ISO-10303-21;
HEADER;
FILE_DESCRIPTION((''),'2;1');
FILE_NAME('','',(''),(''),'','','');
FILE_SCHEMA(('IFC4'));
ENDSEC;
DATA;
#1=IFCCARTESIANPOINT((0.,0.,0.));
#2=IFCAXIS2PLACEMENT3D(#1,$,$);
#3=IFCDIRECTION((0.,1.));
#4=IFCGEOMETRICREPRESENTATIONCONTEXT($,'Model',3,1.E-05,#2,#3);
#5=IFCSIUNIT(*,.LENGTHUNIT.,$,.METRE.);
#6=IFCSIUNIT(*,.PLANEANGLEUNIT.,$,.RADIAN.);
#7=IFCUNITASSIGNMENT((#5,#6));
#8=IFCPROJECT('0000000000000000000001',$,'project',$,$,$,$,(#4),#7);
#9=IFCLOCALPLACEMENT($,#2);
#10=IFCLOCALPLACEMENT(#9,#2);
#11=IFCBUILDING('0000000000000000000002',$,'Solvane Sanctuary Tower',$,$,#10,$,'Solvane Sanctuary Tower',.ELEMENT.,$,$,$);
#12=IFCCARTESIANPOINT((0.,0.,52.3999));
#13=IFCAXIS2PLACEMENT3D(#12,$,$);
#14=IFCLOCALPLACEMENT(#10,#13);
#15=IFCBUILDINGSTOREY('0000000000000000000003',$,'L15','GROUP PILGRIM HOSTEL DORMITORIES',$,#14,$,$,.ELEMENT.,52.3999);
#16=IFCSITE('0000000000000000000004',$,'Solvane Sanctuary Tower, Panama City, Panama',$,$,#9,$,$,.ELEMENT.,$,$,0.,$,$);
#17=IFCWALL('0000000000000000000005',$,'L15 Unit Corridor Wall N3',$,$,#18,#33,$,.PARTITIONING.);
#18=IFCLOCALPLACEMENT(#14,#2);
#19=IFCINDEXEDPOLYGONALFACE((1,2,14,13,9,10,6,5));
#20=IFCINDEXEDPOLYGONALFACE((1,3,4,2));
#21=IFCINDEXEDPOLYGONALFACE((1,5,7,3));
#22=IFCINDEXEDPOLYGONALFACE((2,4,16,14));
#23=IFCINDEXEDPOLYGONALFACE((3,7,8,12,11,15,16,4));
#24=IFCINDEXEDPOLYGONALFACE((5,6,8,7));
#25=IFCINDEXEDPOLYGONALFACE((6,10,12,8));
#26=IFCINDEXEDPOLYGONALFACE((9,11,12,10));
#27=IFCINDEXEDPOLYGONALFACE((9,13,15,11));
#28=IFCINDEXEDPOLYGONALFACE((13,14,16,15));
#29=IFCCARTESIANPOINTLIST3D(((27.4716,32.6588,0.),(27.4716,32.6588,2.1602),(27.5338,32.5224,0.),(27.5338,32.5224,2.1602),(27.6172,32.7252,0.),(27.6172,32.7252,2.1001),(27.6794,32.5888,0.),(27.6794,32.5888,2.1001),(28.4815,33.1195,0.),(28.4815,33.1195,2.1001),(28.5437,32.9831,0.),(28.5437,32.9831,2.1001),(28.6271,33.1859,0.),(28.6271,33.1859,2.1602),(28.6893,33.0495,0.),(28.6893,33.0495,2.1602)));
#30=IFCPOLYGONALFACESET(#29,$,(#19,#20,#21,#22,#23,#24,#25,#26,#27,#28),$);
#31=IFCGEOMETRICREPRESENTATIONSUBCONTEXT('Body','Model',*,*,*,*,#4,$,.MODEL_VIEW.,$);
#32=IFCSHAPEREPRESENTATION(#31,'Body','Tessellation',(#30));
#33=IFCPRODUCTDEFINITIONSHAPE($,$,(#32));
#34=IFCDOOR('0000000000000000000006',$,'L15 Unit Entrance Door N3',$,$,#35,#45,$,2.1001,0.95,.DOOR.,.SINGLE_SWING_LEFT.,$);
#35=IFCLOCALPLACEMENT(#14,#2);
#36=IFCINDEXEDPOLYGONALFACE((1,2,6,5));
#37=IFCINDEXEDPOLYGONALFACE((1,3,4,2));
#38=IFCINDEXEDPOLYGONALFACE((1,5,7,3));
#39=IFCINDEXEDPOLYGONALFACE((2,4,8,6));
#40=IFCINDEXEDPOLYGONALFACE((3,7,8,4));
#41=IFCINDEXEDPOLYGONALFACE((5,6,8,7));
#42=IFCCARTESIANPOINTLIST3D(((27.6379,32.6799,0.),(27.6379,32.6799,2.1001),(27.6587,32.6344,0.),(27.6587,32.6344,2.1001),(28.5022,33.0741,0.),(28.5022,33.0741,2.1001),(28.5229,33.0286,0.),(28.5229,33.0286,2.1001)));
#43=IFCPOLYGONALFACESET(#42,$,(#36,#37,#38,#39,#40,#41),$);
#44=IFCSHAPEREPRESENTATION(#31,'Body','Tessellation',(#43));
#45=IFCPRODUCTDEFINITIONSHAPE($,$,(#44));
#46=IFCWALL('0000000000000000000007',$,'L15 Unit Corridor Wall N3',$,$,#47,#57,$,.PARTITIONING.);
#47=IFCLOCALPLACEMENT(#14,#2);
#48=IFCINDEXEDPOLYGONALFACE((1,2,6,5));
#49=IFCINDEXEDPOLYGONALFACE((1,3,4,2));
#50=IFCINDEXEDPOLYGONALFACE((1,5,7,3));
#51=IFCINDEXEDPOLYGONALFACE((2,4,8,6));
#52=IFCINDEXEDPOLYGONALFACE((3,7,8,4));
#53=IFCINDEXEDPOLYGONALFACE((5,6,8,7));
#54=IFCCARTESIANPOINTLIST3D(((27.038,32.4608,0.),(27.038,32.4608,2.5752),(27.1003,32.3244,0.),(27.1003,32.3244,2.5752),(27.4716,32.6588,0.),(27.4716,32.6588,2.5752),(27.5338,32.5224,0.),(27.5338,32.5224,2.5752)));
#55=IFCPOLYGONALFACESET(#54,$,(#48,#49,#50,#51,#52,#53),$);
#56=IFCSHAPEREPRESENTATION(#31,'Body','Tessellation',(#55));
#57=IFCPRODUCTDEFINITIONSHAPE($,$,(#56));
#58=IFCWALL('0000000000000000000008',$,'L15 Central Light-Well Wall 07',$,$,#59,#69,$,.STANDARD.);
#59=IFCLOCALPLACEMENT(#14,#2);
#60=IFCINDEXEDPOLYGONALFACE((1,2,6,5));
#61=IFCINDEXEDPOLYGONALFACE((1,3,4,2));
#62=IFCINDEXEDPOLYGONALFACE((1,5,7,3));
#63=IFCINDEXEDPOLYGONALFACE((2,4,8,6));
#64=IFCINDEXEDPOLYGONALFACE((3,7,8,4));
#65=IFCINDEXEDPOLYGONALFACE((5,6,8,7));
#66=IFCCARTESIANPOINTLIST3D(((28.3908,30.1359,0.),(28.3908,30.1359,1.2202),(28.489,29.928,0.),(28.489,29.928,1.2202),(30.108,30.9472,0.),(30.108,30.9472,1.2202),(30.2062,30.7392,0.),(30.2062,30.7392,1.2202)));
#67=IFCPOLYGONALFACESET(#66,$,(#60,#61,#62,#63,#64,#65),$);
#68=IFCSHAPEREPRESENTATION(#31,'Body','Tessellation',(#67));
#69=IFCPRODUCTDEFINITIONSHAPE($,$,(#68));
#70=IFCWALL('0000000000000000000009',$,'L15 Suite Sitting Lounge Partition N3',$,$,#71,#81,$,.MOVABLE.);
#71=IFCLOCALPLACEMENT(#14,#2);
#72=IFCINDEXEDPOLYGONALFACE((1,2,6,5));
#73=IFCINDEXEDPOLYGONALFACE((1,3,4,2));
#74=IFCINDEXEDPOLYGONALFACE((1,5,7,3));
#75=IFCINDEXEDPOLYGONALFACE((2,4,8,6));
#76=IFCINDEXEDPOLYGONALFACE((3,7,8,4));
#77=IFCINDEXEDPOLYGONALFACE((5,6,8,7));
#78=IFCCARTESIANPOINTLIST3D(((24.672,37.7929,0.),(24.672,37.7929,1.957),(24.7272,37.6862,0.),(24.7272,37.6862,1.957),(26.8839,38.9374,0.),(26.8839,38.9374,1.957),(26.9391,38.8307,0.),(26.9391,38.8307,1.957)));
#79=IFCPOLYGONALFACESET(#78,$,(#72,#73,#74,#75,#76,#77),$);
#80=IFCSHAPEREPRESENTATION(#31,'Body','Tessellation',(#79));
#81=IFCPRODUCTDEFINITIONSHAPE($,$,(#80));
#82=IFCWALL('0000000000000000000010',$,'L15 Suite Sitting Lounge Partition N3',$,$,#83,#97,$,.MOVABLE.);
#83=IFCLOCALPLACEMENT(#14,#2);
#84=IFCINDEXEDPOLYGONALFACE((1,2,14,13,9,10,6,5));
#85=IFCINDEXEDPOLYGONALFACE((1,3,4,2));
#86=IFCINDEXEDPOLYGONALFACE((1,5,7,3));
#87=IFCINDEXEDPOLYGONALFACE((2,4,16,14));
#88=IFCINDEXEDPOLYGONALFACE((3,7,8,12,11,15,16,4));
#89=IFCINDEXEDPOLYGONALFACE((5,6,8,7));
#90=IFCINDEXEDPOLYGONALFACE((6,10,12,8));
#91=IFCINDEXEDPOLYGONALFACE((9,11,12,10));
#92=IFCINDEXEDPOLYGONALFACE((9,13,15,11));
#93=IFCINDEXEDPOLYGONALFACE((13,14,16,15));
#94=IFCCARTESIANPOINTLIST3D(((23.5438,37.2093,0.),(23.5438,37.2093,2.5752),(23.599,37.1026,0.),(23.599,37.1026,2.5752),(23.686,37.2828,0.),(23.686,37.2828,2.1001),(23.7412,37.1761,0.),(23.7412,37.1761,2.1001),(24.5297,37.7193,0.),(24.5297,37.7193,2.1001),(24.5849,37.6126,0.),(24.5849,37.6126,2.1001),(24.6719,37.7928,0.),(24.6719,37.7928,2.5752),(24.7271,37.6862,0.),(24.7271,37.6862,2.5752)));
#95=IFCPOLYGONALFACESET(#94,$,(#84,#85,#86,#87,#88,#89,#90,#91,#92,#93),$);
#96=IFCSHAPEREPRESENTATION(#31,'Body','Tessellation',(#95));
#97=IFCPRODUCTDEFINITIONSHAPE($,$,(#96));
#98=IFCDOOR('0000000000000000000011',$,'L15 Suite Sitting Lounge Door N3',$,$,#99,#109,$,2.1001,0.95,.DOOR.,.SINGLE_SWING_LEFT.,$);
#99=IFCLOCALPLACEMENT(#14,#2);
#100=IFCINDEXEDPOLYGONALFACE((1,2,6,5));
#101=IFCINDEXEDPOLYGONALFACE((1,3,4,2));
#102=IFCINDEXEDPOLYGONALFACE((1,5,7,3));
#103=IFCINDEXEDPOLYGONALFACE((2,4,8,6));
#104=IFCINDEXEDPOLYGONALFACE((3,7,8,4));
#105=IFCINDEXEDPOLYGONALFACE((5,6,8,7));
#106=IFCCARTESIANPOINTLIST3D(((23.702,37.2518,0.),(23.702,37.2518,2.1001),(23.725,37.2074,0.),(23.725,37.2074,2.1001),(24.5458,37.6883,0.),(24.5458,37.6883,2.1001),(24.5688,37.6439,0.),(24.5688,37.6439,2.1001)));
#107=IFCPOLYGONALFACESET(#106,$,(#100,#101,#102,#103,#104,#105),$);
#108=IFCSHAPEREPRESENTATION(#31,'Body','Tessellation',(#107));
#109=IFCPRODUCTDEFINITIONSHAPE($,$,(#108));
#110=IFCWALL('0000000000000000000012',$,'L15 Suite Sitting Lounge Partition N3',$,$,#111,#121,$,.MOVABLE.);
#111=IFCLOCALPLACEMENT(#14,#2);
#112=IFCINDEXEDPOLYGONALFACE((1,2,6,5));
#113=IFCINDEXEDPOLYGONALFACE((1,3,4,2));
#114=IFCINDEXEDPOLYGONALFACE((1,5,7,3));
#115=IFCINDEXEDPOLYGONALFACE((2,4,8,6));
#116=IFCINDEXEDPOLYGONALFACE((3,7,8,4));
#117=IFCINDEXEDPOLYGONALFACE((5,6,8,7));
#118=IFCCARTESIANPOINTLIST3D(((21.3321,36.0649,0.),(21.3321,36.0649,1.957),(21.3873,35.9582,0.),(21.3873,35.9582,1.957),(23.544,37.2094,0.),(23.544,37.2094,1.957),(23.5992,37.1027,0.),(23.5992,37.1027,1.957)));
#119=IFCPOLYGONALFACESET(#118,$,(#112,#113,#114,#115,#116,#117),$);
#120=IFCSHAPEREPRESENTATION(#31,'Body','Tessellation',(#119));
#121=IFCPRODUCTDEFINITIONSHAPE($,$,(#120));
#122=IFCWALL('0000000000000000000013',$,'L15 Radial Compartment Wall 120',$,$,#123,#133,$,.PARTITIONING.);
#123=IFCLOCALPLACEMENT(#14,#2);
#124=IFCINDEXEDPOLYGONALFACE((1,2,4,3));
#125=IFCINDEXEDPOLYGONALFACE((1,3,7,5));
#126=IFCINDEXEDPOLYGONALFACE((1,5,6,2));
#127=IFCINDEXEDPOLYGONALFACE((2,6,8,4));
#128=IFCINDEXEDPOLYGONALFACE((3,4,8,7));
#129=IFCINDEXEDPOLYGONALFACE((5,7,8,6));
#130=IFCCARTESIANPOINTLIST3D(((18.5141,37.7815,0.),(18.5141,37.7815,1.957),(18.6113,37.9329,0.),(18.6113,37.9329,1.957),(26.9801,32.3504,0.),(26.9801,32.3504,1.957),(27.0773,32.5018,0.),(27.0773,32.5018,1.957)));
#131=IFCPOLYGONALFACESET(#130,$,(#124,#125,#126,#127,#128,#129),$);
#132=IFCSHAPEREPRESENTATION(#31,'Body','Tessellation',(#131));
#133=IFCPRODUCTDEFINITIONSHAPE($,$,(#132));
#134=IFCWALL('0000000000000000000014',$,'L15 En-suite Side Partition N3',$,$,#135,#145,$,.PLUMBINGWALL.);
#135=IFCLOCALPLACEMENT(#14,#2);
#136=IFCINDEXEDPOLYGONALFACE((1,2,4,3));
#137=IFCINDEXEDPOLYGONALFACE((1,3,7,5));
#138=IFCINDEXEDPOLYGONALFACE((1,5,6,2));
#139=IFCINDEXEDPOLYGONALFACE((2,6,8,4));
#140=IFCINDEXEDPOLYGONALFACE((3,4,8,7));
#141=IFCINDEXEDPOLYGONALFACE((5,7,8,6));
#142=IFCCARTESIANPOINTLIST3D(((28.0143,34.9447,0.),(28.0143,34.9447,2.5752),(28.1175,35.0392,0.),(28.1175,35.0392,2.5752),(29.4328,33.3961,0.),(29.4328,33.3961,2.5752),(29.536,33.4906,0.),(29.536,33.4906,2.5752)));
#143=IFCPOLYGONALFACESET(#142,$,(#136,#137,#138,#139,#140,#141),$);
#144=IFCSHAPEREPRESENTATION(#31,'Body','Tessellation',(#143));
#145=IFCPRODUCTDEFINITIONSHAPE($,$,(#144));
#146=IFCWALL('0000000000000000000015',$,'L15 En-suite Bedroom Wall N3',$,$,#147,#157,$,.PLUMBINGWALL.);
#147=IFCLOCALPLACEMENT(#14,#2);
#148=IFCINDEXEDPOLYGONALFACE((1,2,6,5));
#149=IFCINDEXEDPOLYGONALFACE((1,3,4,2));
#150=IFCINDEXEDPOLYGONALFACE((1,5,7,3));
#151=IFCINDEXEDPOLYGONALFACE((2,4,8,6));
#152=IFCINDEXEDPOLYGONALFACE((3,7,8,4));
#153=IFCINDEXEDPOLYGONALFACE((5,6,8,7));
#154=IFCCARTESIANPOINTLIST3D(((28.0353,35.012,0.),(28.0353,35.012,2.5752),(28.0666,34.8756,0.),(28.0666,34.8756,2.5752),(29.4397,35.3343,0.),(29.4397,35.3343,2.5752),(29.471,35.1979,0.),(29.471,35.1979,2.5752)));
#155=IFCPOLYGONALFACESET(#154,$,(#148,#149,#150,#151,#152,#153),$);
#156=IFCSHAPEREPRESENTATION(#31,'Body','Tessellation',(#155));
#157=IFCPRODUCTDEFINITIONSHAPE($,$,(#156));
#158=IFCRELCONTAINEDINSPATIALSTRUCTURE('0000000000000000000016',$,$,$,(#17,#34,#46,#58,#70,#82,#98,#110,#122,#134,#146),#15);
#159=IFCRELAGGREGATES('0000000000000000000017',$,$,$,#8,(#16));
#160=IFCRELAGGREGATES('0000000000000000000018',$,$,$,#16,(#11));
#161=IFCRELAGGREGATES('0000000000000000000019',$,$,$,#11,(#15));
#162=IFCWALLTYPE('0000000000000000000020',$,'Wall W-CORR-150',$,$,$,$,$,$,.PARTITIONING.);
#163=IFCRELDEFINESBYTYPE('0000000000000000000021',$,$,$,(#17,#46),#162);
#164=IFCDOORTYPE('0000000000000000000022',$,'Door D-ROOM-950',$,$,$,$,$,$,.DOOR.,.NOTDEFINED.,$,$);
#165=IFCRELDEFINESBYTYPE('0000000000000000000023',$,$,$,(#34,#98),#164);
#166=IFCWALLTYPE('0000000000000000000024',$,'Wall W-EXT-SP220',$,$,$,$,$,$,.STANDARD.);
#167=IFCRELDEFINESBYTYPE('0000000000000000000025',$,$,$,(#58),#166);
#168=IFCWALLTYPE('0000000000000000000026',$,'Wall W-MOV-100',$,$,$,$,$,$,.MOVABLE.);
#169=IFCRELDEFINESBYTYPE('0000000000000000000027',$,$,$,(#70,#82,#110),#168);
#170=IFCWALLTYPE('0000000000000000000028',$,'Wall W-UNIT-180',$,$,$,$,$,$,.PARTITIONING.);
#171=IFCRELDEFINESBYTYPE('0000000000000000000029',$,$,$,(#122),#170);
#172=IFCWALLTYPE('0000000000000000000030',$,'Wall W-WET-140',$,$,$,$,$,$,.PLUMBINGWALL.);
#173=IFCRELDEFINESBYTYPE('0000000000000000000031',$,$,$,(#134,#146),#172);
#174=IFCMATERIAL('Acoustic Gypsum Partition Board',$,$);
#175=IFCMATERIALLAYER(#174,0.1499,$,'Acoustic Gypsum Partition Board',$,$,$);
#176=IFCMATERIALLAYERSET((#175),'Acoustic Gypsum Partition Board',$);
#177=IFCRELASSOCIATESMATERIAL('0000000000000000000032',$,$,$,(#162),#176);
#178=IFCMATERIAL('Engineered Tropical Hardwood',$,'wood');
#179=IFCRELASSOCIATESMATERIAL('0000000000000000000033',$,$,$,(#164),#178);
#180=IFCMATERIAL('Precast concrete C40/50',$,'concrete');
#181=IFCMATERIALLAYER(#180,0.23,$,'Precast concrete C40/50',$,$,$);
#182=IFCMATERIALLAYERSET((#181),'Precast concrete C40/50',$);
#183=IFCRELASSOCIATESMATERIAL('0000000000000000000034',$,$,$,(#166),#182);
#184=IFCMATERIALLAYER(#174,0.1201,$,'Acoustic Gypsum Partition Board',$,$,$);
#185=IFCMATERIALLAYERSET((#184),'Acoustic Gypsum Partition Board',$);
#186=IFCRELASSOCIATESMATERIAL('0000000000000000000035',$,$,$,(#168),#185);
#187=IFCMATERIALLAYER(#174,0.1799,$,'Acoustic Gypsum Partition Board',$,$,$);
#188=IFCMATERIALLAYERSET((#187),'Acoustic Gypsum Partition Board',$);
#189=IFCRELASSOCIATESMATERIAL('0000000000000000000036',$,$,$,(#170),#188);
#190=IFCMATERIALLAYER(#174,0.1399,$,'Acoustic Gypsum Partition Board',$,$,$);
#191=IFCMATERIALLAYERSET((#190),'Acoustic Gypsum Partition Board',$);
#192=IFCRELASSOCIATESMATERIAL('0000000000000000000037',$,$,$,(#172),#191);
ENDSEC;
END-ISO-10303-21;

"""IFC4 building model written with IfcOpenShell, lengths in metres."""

from ifc_helpers import new_model, si_unit, direction, frame, frame_2d, origin, place, context, subcontext, project, spatial, rectangle, extrude, material, layer, layer_set, type_object, element, fill, save


model = new_model("IFC4")

# Units and contexts
model_context = context("Model", 3, precision=1e-05, world=origin(), true_north=direction((0.0, 1.0)))
body_context = subcontext(model_context, "Body", "Model", "MODEL_VIEW")
ifc_project = project(units=[si_unit("LENGTHUNIT", "METRE"), si_unit("PLANEANGLEUNIT", "RADIAN")], contexts=[model_context])

# Site, building, storey
site_placement = place(None, origin())
site = spatial("IfcSite", under=ifc_project, at=site_placement, Name="Solvane Sanctuary Tower, Panama City, Panama", CompositionType="ELEMENT", RefElevation=0.0)
building_placement = place(site_placement, origin())
building = spatial("IfcBuilding", under=site, at=building_placement, Name="Solvane Sanctuary Tower", LongName="Solvane Sanctuary Tower", CompositionType="ELEMENT")
storey_placement = place(building_placement, frame((0.0, 0.0, 52.3999)))
storey = spatial("IfcBuildingStorey", under=building, at=storey_placement, Name="L15", Description="GROUP PILGRIM HOSTEL DORMITORIES", CompositionType="ELEMENT", Elevation=52.3999)

# Shared definitions
ifc_material_1 = material(Name="Acoustic Gypsum Partition Board")
ifc_layer_1 = layer(ifc_material_1, 0.1499, Name="Acoustic Gypsum Partition Board")
ifc_layer_set_1 = layer_set([ifc_layer_1], Name="Acoustic Gypsum Partition Board")
wall_type_1 = type_object("IfcWallType", Name="Wall W-CORR-150", PredefinedType="PARTITIONING", material=ifc_layer_set_1)

# Wall, opening, door
wall_1_placement = place(storey_placement, frame((28.6582, 33.1177, 0.0), z_axis=(0.0, 0.0, 1.0), x_axis=(-0.909813, -0.415019, 0.0)))
wall_1 = element("IfcWall", 1, at=wall_1_placement, inside=storey, type_object=wall_type_1, Name="L15 Unit Corridor Wall N3", PredefinedType="PARTITIONING", context=body_context, shape_type="SweptSolid", body=[
    extrude(rectangle(XDim=1.27, YDim=0.1499, at=frame_2d((0.635, 0.0))), origin(), (0.0, 0.0, 1.0), 2.1602),
])
opening_1_placement = place(wall_1_placement, frame((0.1599, 0.0, 0.0)))
opening_1 = element("IfcOpeningElement", 2, at=opening_1_placement, cuts=wall_1, PredefinedType="OPENING", context=body_context, shape_type="SweptSolid", body=[
    extrude(rectangle(XDim=0.95, YDim=2.1001, at=frame_2d((0.4751, 1.05))), frame((0.0, 0.085, 0.0), z_axis=(0.0, -1.0, 0.0), x_axis=(1.0, 0.0, 0.0)), (0.0, 0.0, 1.0), 0.1699),
])
ifc_material_2 = material(Name="Engineered Tropical Hardwood", Category="wood")
door_type = type_object("IfcDoorType", Name="Door D-ROOM-950", OperationType="NOTDEFINED", PredefinedType="DOOR", material=ifc_material_2)
door_1_placement = place(opening_1_placement, origin())
door_1 = element("IfcDoor", 3, at=door_1_placement, inside=storey, type_object=door_type, Name="L15 Unit Entrance Door N3", OperationType="SINGLE_SWING_LEFT", OverallHeight=2.1001, OverallWidth=0.95, PredefinedType="DOOR", context=body_context, shape_type="SweptSolid", body=[
    extrude(rectangle(XDim=0.95, YDim=2.1001, at=frame_2d((0.4751, 1.05))), frame((0.0, 0.0249, 0.0), z_axis=(0.0, -1.0, 0.0), x_axis=(1.0, 0.0, 0.0)), (0.0, 0.0, 1.0), 0.05),
])
fill(opening_1, door_1)

# Walls
wall_2_placement = place(storey_placement, frame((27.5027, 32.5906, 0.0), z_axis=(0.0, 0.0, 1.0), x_axis=(-0.909646, -0.415384, 0.0)))
element("IfcWall", 4, at=wall_2_placement, inside=storey, type_object=wall_type_1, Name="L15 Unit Corridor Wall N3", PredefinedType="PARTITIONING", context=body_context, shape_type="SweptSolid", body=[
    extrude(rectangle(XDim=0.4766, YDim=0.1499, at=frame_2d((0.2383, 0.0))), origin(), (0.0, 0.0, 1.0), 2.5752),
])
ifc_material_3 = material(Name="Precast concrete C40/50", Category="concrete")
ifc_layer_2 = layer(ifc_material_3, 0.23, Name="Precast concrete C40/50")
ifc_layer_set_2 = layer_set([ifc_layer_2], Name="Precast concrete C40/50")
wall_type_2 = type_object("IfcWallType", Name="Wall W-EXT-SP220", PredefinedType="STANDARD", material=ifc_layer_set_2)
wall_3_placement = place(storey_placement, frame((30.1572, 30.8433, 0.0), z_axis=(0.0, 0.0, 1.0), x_axis=(-0.90418, -0.427152, 0.0)))
element("IfcWall", 5, at=wall_3_placement, inside=storey, type_object=wall_type_2, Name="L15 Central Light-Well Wall 07", PredefinedType="STANDARD", context=body_context, shape_type="SweptSolid", body=[
    extrude(rectangle(XDim=1.8992, YDim=0.23, at=frame_2d((0.9497, 0.0))), origin(), (0.0, 0.0, 1.0), 1.2202),
])
ifc_layer_3 = layer(ifc_material_1, 0.1201, Name="Acoustic Gypsum Partition Board")
ifc_layer_set_3 = layer_set([ifc_layer_3], Name="Acoustic Gypsum Partition Board")
wall_type_3 = type_object("IfcWallType", Name="Wall W-MOV-100", PredefinedType="MOVABLE", material=ifc_layer_set_3)
wall_4_placement = place(storey_placement, frame((26.9114, 38.884, 0.0), z_axis=(0.0, 0.0, 1.0), x_axis=(-0.888146, -0.459562, 0.0)))
element("IfcWall", 6, at=wall_4_placement, inside=storey, type_object=wall_type_3, Name="L15 Suite Sitting Lounge Partition N3", PredefinedType="MOVABLE", context=body_context, shape_type="SweptSolid", body=[
    extrude(rectangle(XDim=2.4905, YDim=0.1201, at=frame_2d((1.2451, 0.0))), origin(), (0.0, 0.0, 1.0), 1.957),
])

# Wall, opening, door
wall_5_placement = place(storey_placement, frame((24.6995, 37.7395, 0.0), z_axis=(0.0, 0.0, 1.0), x_axis=(-0.888191, -0.459475, 0.0)))
wall_5 = element("IfcWall", 7, at=wall_5_placement, inside=storey, type_object=wall_type_3, Name="L15 Suite Sitting Lounge Partition N3", PredefinedType="MOVABLE", context=body_context, shape_type="SweptSolid", body=[
    extrude(rectangle(XDim=1.27, YDim=0.1201, at=frame_2d((0.635, 0.0))), origin(), (0.0, 0.0, 1.0), 2.5752),
])
opening_2_placement = place(wall_5_placement, frame((0.1599, 0.0, 0.0)))
opening_2 = element("IfcOpeningElement", 8, at=opening_2_placement, cuts=wall_5, PredefinedType="OPENING", context=body_context, shape_type="SweptSolid", body=[
    extrude(rectangle(XDim=0.95, YDim=2.1001, at=frame_2d((0.4751, 1.05))), frame((0.0, 0.0701, 0.0), z_axis=(0.0, -1.0, 0.0), x_axis=(1.0, 0.0, 0.0)), (0.0, 0.0, 1.0), 0.1401),
])
door_2_placement = place(opening_2_placement, origin())
door_2 = element("IfcDoor", 9, at=door_2_placement, inside=storey, type_object=door_type, Name="L15 Suite Sitting Lounge Door N3", OperationType="SINGLE_SWING_LEFT", OverallHeight=2.1001, OverallWidth=0.95, PredefinedType="DOOR", context=body_context, shape_type="SweptSolid", body=[
    extrude(rectangle(XDim=0.95, YDim=2.1001, at=frame_2d((0.4751, 1.05))), frame((0.0, 0.0249, 0.0), z_axis=(0.0, -1.0, 0.0), x_axis=(1.0, 0.0, 0.0)), (0.0, 0.0, 1.0), 0.05),
])
fill(opening_2, door_2)

# Walls
wall_6_placement = place(storey_placement, frame((23.5715, 37.156, 0.0), z_axis=(0.0, 0.0, 1.0), x_axis=(-0.888146, -0.459562, 0.0)))
element("IfcWall", 10, at=wall_6_placement, inside=storey, type_object=wall_type_3, Name="L15 Suite Sitting Lounge Partition N3", PredefinedType="MOVABLE", context=body_context, shape_type="SweptSolid", body=[
    extrude(rectangle(XDim=2.4905, YDim=0.1201, at=frame_2d((1.2451, 0.0))), origin(), (0.0, 0.0, 1.0), 1.957),
])
ifc_layer_4 = layer(ifc_material_1, 0.1799, Name="Acoustic Gypsum Partition Board")
ifc_layer_set_4 = layer_set([ifc_layer_4], Name="Acoustic Gypsum Partition Board")
wall_type_4 = type_object("IfcWallType", Name="Wall W-UNIT-180", PredefinedType="PARTITIONING", material=ifc_layer_set_4)
wall_7_placement = place(storey_placement, frame((27.0288, 32.426, 0.0), z_axis=(0.0, 0.0, 1.0), x_axis=(-0.84169, 0.539961, 0.0)))
element("IfcWall", 11, at=wall_7_placement, inside=storey, type_object=wall_type_4, Name="L15 Radial Compartment Wall 120", PredefinedType="PARTITIONING", context=body_context, shape_type="SweptSolid", body=[
    extrude(rectangle(XDim=10.0583, YDim=0.1799, at=frame_2d((5.0293, 0.0))), origin(), (0.0, 0.0, 1.0), 1.957),
])
ifc_layer_5 = layer(ifc_material_1, 0.1399, Name="Acoustic Gypsum Partition Board")
ifc_layer_set_5 = layer_set([ifc_layer_5], Name="Acoustic Gypsum Partition Board")
wall_type_5 = type_object("IfcWallType", Name="Wall W-WET-140", PredefinedType="PLUMBINGWALL", material=ifc_layer_set_5)
wall_8_placement = place(storey_placement, frame((29.4844, 33.4434, 0.0), z_axis=(0.0, 0.0, 1.0), x_axis=(-0.675446, 0.73741, 0.0)))
element("IfcWall", 12, at=wall_8_placement, inside=storey, type_object=wall_type_5, Name="L15 En-suite Side Partition N3", PredefinedType="PLUMBINGWALL", context=body_context, shape_type="SweptSolid", body=[
    extrude(rectangle(XDim=2.1001, YDim=0.1399, at=frame_2d((1.05, 0.0))), origin(), (0.0, 0.0, 1.0), 2.5752),
])
wall_9_placement = place(storey_placement, frame((29.4553, 35.2661, 0.0), z_axis=(0.0, 0.0, 1.0), x_axis=(-0.974665, -0.223671, 0.0)))
element("IfcWall", 13, at=wall_9_placement, inside=storey, type_object=wall_type_5, Name="L15 En-suite Bedroom Wall N3", PredefinedType="PLUMBINGWALL", context=body_context, shape_type="SweptSolid", body=[
    extrude(rectangle(XDim=1.4409, YDim=0.1399, at=frame_2d((0.7205, 0.0))), origin(), (0.0, 0.0, 1.0), 2.5752),
])

save(model, "model.ifc")
